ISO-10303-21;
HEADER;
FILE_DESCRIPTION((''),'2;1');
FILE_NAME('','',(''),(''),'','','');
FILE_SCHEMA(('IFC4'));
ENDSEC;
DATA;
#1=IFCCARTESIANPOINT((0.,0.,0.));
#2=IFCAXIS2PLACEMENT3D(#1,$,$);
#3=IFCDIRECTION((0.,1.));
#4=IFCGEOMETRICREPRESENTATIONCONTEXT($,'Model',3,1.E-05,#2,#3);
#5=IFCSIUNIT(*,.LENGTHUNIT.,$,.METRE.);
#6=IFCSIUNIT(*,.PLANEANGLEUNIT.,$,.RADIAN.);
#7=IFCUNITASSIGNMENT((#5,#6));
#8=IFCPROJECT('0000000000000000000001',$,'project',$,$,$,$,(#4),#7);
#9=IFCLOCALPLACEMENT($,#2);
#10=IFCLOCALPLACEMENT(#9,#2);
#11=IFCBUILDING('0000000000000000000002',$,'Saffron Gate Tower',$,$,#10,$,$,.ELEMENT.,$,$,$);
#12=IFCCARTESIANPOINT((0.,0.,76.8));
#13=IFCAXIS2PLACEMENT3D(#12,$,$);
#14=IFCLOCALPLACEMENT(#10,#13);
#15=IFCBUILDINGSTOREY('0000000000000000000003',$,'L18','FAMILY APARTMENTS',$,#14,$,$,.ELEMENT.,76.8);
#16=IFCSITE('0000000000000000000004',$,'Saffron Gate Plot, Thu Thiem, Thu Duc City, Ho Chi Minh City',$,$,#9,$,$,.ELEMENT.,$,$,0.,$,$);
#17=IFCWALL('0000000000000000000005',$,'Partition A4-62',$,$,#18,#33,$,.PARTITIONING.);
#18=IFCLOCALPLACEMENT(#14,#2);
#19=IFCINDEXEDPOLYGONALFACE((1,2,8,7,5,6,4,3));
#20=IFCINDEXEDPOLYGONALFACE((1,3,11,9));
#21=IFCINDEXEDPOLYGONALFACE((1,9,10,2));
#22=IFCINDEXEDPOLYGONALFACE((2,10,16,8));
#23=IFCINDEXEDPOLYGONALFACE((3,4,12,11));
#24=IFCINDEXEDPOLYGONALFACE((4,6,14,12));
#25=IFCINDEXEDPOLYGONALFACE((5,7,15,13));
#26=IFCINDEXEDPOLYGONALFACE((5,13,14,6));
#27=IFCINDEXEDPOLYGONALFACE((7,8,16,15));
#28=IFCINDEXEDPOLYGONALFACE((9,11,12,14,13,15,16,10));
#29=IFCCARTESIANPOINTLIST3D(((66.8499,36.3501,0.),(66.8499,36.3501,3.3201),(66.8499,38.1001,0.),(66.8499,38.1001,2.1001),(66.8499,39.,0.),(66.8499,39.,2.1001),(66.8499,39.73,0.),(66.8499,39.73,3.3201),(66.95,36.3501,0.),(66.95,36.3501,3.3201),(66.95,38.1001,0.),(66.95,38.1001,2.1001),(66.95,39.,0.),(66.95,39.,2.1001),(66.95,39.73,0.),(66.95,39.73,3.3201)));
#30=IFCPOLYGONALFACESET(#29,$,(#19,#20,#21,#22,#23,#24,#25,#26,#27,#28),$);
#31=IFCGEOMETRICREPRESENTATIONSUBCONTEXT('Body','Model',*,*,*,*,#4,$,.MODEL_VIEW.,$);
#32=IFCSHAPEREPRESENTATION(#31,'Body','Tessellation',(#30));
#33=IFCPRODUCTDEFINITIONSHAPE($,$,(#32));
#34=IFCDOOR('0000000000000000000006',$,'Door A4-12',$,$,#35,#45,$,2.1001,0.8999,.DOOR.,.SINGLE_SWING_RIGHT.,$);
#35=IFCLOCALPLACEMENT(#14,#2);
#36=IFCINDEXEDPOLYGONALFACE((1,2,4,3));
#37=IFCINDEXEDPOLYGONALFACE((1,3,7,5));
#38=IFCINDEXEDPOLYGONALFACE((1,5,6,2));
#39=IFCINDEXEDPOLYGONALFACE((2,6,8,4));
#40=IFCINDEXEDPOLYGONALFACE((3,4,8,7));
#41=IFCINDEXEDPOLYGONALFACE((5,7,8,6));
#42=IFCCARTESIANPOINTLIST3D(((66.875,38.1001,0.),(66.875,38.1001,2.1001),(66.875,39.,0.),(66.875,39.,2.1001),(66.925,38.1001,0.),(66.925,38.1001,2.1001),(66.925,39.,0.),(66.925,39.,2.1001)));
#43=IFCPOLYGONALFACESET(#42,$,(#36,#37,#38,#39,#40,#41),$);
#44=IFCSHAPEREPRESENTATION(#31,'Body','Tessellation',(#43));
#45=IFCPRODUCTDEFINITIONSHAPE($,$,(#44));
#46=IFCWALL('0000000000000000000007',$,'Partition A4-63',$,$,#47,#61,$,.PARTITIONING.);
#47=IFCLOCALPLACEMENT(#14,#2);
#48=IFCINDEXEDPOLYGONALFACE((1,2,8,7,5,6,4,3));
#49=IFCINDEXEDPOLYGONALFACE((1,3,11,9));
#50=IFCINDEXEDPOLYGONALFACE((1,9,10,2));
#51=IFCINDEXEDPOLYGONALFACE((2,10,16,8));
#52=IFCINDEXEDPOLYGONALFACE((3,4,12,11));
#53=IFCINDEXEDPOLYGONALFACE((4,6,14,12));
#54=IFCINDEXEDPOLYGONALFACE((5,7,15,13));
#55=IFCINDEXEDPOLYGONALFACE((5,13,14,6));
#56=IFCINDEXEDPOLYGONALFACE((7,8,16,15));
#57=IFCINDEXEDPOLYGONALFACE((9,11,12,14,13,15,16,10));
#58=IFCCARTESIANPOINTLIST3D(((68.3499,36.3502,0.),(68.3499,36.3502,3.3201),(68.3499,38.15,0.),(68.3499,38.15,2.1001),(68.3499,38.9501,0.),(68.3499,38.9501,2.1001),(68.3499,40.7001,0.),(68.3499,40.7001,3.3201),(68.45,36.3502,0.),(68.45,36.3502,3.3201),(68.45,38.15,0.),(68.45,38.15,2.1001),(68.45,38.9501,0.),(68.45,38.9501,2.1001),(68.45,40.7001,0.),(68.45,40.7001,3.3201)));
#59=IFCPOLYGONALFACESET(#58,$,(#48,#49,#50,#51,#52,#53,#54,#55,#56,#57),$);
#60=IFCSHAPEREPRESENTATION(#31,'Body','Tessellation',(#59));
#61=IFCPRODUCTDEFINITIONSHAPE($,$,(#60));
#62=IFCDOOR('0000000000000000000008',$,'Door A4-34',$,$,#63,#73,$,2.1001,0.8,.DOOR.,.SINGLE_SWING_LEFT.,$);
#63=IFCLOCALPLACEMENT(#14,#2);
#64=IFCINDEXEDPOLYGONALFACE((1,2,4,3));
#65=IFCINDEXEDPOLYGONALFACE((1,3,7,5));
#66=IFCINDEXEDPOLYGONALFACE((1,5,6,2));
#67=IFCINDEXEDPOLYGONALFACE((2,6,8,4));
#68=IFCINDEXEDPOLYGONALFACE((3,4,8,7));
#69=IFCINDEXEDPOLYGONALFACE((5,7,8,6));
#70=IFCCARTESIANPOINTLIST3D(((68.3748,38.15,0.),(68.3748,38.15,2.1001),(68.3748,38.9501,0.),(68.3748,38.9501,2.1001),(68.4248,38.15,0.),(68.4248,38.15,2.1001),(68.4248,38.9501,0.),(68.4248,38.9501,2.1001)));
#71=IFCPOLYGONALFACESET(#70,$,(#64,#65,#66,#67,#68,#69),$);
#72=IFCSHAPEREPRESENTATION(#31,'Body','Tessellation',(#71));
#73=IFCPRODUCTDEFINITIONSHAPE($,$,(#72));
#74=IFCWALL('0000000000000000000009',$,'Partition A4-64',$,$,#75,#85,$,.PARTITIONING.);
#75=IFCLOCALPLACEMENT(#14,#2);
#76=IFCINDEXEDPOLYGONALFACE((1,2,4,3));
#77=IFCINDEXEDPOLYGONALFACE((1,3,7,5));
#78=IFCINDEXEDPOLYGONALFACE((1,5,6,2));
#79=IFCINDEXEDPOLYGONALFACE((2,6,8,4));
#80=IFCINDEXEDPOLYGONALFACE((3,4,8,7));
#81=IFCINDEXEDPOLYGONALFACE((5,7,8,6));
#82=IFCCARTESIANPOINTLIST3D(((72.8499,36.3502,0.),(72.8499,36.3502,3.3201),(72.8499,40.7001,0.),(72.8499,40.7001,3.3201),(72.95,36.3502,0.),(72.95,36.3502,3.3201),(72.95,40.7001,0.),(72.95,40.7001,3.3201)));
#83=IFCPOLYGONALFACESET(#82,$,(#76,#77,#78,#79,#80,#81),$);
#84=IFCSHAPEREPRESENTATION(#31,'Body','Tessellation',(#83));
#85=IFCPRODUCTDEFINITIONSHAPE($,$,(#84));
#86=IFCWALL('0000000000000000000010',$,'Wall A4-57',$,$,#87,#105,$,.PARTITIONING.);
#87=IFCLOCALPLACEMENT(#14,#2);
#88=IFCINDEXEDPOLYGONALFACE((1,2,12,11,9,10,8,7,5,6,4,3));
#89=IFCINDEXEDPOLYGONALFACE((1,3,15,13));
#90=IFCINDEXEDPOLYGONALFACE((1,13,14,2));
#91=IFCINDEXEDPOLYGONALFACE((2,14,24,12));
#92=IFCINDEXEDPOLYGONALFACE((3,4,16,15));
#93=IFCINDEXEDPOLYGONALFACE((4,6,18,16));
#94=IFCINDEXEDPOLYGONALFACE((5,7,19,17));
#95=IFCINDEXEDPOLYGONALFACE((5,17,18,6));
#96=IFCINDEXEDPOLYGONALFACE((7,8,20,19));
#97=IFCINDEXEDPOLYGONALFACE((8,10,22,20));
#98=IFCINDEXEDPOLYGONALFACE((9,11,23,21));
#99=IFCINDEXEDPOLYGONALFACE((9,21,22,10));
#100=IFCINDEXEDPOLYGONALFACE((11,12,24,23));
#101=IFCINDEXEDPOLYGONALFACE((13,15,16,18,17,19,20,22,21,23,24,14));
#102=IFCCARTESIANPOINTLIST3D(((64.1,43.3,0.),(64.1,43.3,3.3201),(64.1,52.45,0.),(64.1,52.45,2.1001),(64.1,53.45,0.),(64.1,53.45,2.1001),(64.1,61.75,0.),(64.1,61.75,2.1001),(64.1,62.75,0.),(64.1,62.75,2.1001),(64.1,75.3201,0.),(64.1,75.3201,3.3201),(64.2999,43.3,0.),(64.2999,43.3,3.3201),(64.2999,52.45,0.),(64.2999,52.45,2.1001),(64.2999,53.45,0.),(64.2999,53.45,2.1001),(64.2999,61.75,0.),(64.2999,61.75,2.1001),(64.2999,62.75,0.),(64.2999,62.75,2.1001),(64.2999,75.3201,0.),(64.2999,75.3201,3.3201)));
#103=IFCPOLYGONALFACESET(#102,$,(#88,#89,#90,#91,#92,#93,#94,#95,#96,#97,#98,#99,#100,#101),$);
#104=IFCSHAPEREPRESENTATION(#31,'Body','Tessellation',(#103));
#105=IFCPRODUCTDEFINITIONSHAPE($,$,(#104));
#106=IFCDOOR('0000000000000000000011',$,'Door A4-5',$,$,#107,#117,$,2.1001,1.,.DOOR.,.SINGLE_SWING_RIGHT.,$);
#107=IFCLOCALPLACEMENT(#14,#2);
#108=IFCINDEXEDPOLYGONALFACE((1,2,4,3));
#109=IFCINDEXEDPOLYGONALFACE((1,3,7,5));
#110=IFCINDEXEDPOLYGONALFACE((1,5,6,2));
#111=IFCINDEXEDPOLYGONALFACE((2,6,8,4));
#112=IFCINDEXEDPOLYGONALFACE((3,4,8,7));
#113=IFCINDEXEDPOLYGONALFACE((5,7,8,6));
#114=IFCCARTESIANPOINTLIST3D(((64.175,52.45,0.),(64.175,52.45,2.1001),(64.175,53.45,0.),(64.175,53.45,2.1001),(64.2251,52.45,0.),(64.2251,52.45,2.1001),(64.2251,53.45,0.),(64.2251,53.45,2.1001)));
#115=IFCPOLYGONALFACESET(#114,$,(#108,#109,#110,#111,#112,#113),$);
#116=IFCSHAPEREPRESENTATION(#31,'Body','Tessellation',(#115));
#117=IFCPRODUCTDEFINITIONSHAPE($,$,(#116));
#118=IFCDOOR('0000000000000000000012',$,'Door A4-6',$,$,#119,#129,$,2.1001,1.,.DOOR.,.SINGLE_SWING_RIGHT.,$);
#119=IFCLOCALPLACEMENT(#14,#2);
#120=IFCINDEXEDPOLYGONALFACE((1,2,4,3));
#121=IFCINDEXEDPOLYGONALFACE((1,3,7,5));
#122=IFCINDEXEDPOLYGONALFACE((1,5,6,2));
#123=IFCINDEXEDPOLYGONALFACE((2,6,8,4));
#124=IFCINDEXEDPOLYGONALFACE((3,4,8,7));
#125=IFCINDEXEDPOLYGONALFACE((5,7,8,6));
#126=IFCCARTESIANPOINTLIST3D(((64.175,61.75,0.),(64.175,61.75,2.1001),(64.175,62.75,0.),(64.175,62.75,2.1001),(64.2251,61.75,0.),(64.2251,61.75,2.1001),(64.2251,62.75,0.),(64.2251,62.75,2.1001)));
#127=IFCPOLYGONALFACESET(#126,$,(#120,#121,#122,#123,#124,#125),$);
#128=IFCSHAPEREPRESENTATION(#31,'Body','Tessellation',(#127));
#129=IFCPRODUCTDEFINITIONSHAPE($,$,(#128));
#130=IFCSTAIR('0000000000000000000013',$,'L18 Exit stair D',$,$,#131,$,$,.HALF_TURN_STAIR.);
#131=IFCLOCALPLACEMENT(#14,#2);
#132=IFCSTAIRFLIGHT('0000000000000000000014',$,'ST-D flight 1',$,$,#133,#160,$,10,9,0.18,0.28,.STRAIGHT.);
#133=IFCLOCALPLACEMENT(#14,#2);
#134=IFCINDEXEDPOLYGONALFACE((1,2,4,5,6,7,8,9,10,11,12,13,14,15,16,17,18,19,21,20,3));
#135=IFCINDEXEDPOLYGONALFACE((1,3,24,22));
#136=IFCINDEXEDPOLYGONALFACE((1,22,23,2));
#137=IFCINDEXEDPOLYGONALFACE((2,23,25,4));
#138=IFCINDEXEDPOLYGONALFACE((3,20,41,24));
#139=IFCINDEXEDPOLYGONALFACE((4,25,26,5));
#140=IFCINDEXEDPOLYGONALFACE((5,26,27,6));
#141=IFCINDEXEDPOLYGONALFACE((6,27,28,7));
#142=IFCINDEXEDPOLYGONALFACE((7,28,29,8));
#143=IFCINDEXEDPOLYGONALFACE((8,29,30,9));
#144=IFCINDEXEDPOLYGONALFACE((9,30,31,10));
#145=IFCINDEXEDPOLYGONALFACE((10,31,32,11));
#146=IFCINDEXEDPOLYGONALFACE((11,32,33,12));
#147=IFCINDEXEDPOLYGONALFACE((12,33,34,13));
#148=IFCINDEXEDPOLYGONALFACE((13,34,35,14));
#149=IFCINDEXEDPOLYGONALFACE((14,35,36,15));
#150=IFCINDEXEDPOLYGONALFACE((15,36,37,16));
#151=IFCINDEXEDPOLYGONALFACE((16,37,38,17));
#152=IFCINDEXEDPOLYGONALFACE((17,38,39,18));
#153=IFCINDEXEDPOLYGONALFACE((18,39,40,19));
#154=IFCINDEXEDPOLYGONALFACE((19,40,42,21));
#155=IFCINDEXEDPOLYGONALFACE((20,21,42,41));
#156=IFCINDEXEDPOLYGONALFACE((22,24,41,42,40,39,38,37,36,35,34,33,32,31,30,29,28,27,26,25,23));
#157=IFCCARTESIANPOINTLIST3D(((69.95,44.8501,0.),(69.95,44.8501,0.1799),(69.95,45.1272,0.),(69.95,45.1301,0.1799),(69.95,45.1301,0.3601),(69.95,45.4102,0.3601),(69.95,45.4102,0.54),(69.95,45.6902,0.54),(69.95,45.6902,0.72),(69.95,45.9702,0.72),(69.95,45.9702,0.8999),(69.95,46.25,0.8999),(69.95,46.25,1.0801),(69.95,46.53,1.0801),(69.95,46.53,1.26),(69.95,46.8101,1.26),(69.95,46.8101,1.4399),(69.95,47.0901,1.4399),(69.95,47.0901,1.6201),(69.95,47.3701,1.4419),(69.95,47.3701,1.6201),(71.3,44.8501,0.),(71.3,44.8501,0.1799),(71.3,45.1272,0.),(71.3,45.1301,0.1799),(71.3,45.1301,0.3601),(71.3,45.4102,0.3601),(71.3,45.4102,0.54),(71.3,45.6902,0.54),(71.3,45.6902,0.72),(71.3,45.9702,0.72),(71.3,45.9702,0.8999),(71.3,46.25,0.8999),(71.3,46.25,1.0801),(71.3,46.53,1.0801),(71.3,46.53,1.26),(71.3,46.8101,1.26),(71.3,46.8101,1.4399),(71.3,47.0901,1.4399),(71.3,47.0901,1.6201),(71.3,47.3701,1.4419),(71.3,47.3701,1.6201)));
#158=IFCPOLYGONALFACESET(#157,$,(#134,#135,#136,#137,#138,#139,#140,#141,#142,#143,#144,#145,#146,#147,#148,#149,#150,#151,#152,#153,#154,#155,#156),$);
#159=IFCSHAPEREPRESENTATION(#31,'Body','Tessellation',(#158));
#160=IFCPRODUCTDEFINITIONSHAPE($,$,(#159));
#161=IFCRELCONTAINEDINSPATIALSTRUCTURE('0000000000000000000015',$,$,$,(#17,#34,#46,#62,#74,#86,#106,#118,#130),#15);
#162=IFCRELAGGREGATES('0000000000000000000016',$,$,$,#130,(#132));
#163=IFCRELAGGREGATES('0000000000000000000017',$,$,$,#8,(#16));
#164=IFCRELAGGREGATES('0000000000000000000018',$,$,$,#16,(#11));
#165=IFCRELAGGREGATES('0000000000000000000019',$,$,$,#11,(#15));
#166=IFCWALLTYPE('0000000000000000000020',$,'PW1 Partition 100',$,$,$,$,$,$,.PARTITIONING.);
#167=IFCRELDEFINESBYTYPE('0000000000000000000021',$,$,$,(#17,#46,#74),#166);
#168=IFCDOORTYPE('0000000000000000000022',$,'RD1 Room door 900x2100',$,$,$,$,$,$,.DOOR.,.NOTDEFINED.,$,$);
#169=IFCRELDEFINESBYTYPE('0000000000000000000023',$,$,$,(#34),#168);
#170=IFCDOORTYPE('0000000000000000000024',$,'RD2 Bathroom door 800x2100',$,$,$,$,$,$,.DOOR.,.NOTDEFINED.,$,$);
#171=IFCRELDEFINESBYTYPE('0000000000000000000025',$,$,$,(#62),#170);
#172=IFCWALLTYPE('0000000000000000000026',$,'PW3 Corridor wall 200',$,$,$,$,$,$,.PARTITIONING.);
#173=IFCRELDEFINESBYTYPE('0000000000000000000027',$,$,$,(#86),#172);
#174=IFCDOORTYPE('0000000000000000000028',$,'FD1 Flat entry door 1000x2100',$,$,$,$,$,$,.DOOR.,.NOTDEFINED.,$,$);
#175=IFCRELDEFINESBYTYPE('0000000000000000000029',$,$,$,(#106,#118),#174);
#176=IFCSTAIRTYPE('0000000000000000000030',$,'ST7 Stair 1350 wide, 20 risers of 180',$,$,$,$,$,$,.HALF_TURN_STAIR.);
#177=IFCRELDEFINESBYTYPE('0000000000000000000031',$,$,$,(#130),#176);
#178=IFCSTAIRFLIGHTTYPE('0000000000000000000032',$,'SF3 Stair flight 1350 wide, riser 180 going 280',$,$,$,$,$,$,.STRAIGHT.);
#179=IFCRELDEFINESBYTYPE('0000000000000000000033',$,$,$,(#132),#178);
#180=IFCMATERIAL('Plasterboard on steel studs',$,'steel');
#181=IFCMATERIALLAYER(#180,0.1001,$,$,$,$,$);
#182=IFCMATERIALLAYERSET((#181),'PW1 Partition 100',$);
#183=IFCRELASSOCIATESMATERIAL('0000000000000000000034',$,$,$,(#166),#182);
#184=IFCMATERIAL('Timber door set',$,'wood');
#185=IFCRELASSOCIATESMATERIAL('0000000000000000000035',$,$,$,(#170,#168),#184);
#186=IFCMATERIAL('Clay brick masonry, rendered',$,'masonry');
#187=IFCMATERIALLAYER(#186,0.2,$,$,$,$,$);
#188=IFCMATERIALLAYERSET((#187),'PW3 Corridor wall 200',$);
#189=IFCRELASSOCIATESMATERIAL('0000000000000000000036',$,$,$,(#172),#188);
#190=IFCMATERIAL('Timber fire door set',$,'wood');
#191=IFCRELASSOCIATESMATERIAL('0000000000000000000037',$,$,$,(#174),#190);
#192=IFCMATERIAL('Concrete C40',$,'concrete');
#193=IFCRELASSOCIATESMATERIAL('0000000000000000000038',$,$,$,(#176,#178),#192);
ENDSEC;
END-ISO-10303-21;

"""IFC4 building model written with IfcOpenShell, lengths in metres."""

from ifc_helpers import new_model, si_unit, direction, frame, frame_2d, origin, place, context, subcontext, project, spatial, polyline, rectangle, outline, extrude, material, layer, layer_set, type_object, element, fill, aggregate, save


model = new_model("IFC4")

# Units and contexts
model_context = context("Model", 3, precision=1e-05, world=origin(), true_north=direction((0.0, 1.0)))
body_context = subcontext(model_context, "Body", "Model", "MODEL_VIEW")
ifc_project = project(units=[si_unit("LENGTHUNIT", "METRE"), si_unit("PLANEANGLEUNIT", "RADIAN")], contexts=[model_context])

# Site, building, storey
site_placement = place(None, origin())
site = spatial("IfcSite", under=ifc_project, at=site_placement, Name="Saffron Gate Plot, Thu Thiem, Thu Duc City, Ho Chi Minh City", CompositionType="ELEMENT", RefElevation=0.0)
building_placement = place(site_placement, origin())
building = spatial("IfcBuilding", under=site, at=building_placement, Name="Saffron Gate Tower", CompositionType="ELEMENT")
storey_placement = place(building_placement, frame((0.0, 0.0, 76.8)))
storey = spatial("IfcBuildingStorey", under=building, at=storey_placement, Name="L18", Description="FAMILY APARTMENTS", CompositionType="ELEMENT", Elevation=76.8)

# Shared definitions
ifc_material_1 = material(Name="Plasterboard on steel studs", Category="steel")
ifc_layer_1 = layer(ifc_material_1, 0.1001)
ifc_layer_set_1 = layer_set([ifc_layer_1], Name="PW1 Partition 100")
wall_type_1 = type_object("IfcWallType", Name="PW1 Partition 100", PredefinedType="PARTITIONING", material=ifc_layer_set_1)
ifc_material_2 = material(Name="Timber door set", Category="wood")
door_type_1 = type_object("IfcDoorType", Name="RD2 Bathroom door 800x2100", OperationType="NOTDEFINED", PredefinedType="DOOR", material=ifc_material_2)

# Walls, openings, doors
wall_1_placement = place(storey_placement, frame((66.8999, 36.3501, 0.0), z_axis=(0.0, 0.0, 1.0), x_axis=(0.0, 1.0, 0.0)))
wall_1 = element("IfcWall", 1, at=wall_1_placement, inside=storey, type_object=wall_type_1, Name="Partition A4-62", PredefinedType="PARTITIONING", context=body_context, shape_type="SweptSolid", body=[
    extrude(rectangle(XDim=3.3799, YDim=0.1001, at=frame_2d((1.6899, 0.0))), origin(), (0.0, 0.0, 1.0), 3.3201),
])
opening_1_placement = place(wall_1_placement, frame((1.75, 0.0, 0.0)))
opening_1 = element("IfcOpeningElement", 2, at=opening_1_placement, cuts=wall_1, PredefinedType="OPENING", context=body_context, shape_type="SweptSolid", body=[
    extrude(rectangle(XDim=0.8999, YDim=2.1001, at=frame_2d((0.45, 1.05))), frame((0.0, 0.0601, 0.0), z_axis=(0.0, -1.0, 0.0), x_axis=(1.0, 0.0, 0.0)), (0.0, 0.0, 1.0), 0.1201),
])
door_type_2 = type_object("IfcDoorType", Name="RD1 Room door 900x2100", OperationType="NOTDEFINED", PredefinedType="DOOR", material=ifc_material_2)
door_1_placement = place(opening_1_placement, origin())
door_1 = element("IfcDoor", 3, at=door_1_placement, inside=storey, type_object=door_type_2, Name="Door A4-12", OperationType="SINGLE_SWING_RIGHT", OverallHeight=2.1001, OverallWidth=0.8999, PredefinedType="DOOR", context=body_context, shape_type="SweptSolid", body=[
    extrude(rectangle(XDim=0.8999, YDim=2.1001, at=frame_2d((0.45, 1.05))), frame((0.0, 0.0249, 0.0), z_axis=(0.0, -1.0, 0.0), x_axis=(1.0, 0.0, 0.0)), (0.0, 0.0, 1.0), 0.05),
])
fill(opening_1, door_1)
wall_2_placement = place(storey_placement, frame((68.3999, 40.7, 0.0), z_axis=(0.0, 0.0, 1.0), x_axis=(0.0, -1.0, 0.0)))
wall_2 = element("IfcWall", 4, at=wall_2_placement, inside=storey, type_object=wall_type_1, Name="Partition A4-63", PredefinedType="PARTITIONING", context=body_context, shape_type="SweptSolid", body=[
    extrude(rectangle(XDim=4.3499, YDim=0.1001, at=frame_2d((2.1748, 0.0))), origin(), (0.0, 0.0, 1.0), 3.3201),
])
opening_2_placement = place(wall_2_placement, frame((1.75, 0.0, 0.0)))
opening_2 = element("IfcOpeningElement", 5, at=opening_2_placement, cuts=wall_2, PredefinedType="OPENING", context=body_context, shape_type="SweptSolid", body=[
    extrude(rectangle(XDim=0.8, YDim=2.1001, at=frame_2d((0.3999, 1.05))), frame((0.0, 0.0601, 0.0), z_axis=(0.0, -1.0, 0.0), x_axis=(1.0, 0.0, 0.0)), (0.0, 0.0, 1.0), 0.1201),
])
door_2_placement = place(opening_2_placement, origin())
door_2 = element("IfcDoor", 6, at=door_2_placement, inside=storey, type_object=door_type_1, Name="Door A4-34", OperationType="SINGLE_SWING_LEFT", OverallHeight=2.1001, OverallWidth=0.8, PredefinedType="DOOR", context=body_context, shape_type="SweptSolid", body=[
    extrude(rectangle(XDim=0.8, YDim=2.1001, at=frame_2d((0.3999, 1.05))), frame((0.0, 0.0249, 0.0), z_axis=(0.0, -1.0, 0.0), x_axis=(1.0, 0.0, 0.0)), (0.0, 0.0, 1.0), 0.05),
])
fill(opening_2, door_2)

# Wall
wall_3_placement = place(storey_placement, frame((72.8999, 40.7, 0.0), z_axis=(0.0, 0.0, 1.0), x_axis=(0.0, -1.0, 0.0)))
element("IfcWall", 7, at=wall_3_placement, inside=storey, type_object=wall_type_1, Name="Partition A4-64", PredefinedType="PARTITIONING", context=body_context, shape_type="SweptSolid", body=[
    extrude(rectangle(XDim=4.3499, YDim=0.1001, at=frame_2d((2.1748, 0.0))), origin(), (0.0, 0.0, 1.0), 3.3201),
])

# Wall, openings, doors
ifc_material_3 = material(Name="Clay brick masonry, rendered", Category="masonry")
ifc_layer_2 = layer(ifc_material_3, 0.2)
ifc_layer_set_2 = layer_set([ifc_layer_2], Name="PW3 Corridor wall 200")
wall_type_2 = type_object("IfcWallType", Name="PW3 Corridor wall 200", PredefinedType="PARTITIONING", material=ifc_layer_set_2)
wall_4_placement = place(storey_placement, frame((64.2, 43.3, 0.0), z_axis=(0.0, 0.0, 1.0), x_axis=(0.0, 1.0, 0.0)))
wall_4 = element("IfcWall", 8, at=wall_4_placement, inside=storey, type_object=wall_type_2, Name="Wall A4-57", PredefinedType="PARTITIONING", context=body_context, shape_type="SweptSolid", body=[
    extrude(rectangle(XDim=32.02, YDim=0.2, at=frame_2d((16.01, 0.0))), origin(), (0.0, 0.0, 1.0), 3.3201),
])
opening_3_placement = place(wall_4_placement, frame((9.1499, 0.0, 0.0)))
opening_3 = element("IfcOpeningElement", 9, at=opening_3_placement, cuts=wall_4, PredefinedType="OPENING", context=body_context, shape_type="SweptSolid", body=[
    extrude(rectangle(XDim=1.0, YDim=2.1001, at=frame_2d((0.5, 1.05))), frame((0.0, 0.1099, 0.0), z_axis=(0.0, -1.0, 0.0), x_axis=(1.0, 0.0, 0.0)), (0.0, 0.0, 1.0), 0.22),
])
opening_4_placement = place(wall_4_placement, frame((18.45, 0.0, 0.0)))
opening_4 = element("IfcOpeningElement", 10, at=opening_4_placement, cuts=wall_4, PredefinedType="OPENING", context=body_context, shape_type="SweptSolid", body=[
    extrude(rectangle(XDim=1.0, YDim=2.1001, at=frame_2d((0.5, 1.05))), frame((0.0, 0.1099, 0.0), z_axis=(0.0, -1.0, 0.0), x_axis=(1.0, 0.0, 0.0)), (0.0, 0.0, 1.0), 0.22),
])
ifc_material_4 = material(Name="Timber fire door set", Category="wood")
door_type_3 = type_object("IfcDoorType", Name="FD1 Flat entry door 1000x2100", OperationType="NOTDEFINED", PredefinedType="DOOR", material=ifc_material_4)
door_3_placement = place(opening_3_placement, origin())
door_3 = element("IfcDoor", 11, at=door_3_placement, inside=storey, type_object=door_type_3, Name="Door A4-5", OperationType="SINGLE_SWING_RIGHT", OverallHeight=2.1001, OverallWidth=1.0, PredefinedType="DOOR", context=body_context, shape_type="SweptSolid", body=[
    extrude(rectangle(XDim=1.0, YDim=2.1001, at=frame_2d((0.5, 1.05))), frame((0.0, 0.0249, 0.0), z_axis=(0.0, -1.0, 0.0), x_axis=(1.0, 0.0, 0.0)), (0.0, 0.0, 1.0), 0.05),
])
fill(opening_3, door_3)
door_4_placement = place(opening_4_placement, origin())
door_4 = element("IfcDoor", 12, at=door_4_placement, inside=storey, type_object=door_type_3, Name="Door A4-6", OperationType="SINGLE_SWING_RIGHT", OverallHeight=2.1001, OverallWidth=1.0, PredefinedType="DOOR", context=body_context, shape_type="SweptSolid", body=[
    extrude(rectangle(XDim=1.0, YDim=2.1001, at=frame_2d((0.5, 1.05))), frame((0.0, 0.0249, 0.0), z_axis=(0.0, -1.0, 0.0), x_axis=(1.0, 0.0, 0.0)), (0.0, 0.0, 1.0), 0.05),
])
fill(opening_4, door_4)

# Stair, stair flight
ifc_material_5 = material(Name="Concrete C40", Category="concrete")
stair_type = type_object("IfcStairType", Name="ST7 Stair 1350 wide, 20 risers of 180", PredefinedType="HALF_TURN_STAIR", material=ifc_material_5)
stair_placement = place(storey_placement, origin())
stair = element("IfcStair", 13, at=stair_placement, inside=storey, type_object=stair_type, Name="L18 Exit stair D", PredefinedType="HALF_TURN_STAIR")
stair_flight_type = type_object("IfcStairFlightType", Name="SF3 Stair flight 1350 wide, riser 180 going 280", PredefinedType="STRAIGHT", material=ifc_material_5)
stair_flight_placement = place(storey_placement, frame((70.625, 44.8501, 0.0), z_axis=(0.0, 0.0, 1.0), x_axis=(0.0, 1.0, 0.0)))
stair_flight = element("IfcStairFlight", 14, at=stair_flight_placement, type_object=stair_flight_type, Name="ST-D flight 1", NumberOfRisers=10, NumberOfTreads=9, PredefinedType="STRAIGHT", RiserHeight=0.18, TreadLength=0.28, context=body_context, shape_type="SweptSolid", body=[
    extrude(outline(polyline([(0.0, 0.0), (0.0, 0.1799), (0.28, 0.1799), (0.28, 0.3601), (0.5601, 0.3601), (0.5601, 0.54), (0.8401, 0.54), (0.8401, 0.72), (1.1201, 0.72), (1.1201, 0.8999), (1.3999, 0.8999), (1.3999, 1.0801), (1.6799, 1.0801), (1.6799, 1.26), (1.96, 1.26), (1.96, 1.4399), (2.24, 1.4399), (2.24, 1.6201), (2.52, 1.6201), (2.52, 1.8), (2.52, 1.4419), (0.2771, 0.0), (0.0, 0.0)])), frame((0.0, 0.675, 0.0), z_axis=(0.0, -1.0, 0.0), x_axis=(1.0, 0.0, 0.0)), (0.0, 0.0, 1.0), 1.3501),
])
aggregate(stair, [stair_flight])

save(model, "model.ifc")
